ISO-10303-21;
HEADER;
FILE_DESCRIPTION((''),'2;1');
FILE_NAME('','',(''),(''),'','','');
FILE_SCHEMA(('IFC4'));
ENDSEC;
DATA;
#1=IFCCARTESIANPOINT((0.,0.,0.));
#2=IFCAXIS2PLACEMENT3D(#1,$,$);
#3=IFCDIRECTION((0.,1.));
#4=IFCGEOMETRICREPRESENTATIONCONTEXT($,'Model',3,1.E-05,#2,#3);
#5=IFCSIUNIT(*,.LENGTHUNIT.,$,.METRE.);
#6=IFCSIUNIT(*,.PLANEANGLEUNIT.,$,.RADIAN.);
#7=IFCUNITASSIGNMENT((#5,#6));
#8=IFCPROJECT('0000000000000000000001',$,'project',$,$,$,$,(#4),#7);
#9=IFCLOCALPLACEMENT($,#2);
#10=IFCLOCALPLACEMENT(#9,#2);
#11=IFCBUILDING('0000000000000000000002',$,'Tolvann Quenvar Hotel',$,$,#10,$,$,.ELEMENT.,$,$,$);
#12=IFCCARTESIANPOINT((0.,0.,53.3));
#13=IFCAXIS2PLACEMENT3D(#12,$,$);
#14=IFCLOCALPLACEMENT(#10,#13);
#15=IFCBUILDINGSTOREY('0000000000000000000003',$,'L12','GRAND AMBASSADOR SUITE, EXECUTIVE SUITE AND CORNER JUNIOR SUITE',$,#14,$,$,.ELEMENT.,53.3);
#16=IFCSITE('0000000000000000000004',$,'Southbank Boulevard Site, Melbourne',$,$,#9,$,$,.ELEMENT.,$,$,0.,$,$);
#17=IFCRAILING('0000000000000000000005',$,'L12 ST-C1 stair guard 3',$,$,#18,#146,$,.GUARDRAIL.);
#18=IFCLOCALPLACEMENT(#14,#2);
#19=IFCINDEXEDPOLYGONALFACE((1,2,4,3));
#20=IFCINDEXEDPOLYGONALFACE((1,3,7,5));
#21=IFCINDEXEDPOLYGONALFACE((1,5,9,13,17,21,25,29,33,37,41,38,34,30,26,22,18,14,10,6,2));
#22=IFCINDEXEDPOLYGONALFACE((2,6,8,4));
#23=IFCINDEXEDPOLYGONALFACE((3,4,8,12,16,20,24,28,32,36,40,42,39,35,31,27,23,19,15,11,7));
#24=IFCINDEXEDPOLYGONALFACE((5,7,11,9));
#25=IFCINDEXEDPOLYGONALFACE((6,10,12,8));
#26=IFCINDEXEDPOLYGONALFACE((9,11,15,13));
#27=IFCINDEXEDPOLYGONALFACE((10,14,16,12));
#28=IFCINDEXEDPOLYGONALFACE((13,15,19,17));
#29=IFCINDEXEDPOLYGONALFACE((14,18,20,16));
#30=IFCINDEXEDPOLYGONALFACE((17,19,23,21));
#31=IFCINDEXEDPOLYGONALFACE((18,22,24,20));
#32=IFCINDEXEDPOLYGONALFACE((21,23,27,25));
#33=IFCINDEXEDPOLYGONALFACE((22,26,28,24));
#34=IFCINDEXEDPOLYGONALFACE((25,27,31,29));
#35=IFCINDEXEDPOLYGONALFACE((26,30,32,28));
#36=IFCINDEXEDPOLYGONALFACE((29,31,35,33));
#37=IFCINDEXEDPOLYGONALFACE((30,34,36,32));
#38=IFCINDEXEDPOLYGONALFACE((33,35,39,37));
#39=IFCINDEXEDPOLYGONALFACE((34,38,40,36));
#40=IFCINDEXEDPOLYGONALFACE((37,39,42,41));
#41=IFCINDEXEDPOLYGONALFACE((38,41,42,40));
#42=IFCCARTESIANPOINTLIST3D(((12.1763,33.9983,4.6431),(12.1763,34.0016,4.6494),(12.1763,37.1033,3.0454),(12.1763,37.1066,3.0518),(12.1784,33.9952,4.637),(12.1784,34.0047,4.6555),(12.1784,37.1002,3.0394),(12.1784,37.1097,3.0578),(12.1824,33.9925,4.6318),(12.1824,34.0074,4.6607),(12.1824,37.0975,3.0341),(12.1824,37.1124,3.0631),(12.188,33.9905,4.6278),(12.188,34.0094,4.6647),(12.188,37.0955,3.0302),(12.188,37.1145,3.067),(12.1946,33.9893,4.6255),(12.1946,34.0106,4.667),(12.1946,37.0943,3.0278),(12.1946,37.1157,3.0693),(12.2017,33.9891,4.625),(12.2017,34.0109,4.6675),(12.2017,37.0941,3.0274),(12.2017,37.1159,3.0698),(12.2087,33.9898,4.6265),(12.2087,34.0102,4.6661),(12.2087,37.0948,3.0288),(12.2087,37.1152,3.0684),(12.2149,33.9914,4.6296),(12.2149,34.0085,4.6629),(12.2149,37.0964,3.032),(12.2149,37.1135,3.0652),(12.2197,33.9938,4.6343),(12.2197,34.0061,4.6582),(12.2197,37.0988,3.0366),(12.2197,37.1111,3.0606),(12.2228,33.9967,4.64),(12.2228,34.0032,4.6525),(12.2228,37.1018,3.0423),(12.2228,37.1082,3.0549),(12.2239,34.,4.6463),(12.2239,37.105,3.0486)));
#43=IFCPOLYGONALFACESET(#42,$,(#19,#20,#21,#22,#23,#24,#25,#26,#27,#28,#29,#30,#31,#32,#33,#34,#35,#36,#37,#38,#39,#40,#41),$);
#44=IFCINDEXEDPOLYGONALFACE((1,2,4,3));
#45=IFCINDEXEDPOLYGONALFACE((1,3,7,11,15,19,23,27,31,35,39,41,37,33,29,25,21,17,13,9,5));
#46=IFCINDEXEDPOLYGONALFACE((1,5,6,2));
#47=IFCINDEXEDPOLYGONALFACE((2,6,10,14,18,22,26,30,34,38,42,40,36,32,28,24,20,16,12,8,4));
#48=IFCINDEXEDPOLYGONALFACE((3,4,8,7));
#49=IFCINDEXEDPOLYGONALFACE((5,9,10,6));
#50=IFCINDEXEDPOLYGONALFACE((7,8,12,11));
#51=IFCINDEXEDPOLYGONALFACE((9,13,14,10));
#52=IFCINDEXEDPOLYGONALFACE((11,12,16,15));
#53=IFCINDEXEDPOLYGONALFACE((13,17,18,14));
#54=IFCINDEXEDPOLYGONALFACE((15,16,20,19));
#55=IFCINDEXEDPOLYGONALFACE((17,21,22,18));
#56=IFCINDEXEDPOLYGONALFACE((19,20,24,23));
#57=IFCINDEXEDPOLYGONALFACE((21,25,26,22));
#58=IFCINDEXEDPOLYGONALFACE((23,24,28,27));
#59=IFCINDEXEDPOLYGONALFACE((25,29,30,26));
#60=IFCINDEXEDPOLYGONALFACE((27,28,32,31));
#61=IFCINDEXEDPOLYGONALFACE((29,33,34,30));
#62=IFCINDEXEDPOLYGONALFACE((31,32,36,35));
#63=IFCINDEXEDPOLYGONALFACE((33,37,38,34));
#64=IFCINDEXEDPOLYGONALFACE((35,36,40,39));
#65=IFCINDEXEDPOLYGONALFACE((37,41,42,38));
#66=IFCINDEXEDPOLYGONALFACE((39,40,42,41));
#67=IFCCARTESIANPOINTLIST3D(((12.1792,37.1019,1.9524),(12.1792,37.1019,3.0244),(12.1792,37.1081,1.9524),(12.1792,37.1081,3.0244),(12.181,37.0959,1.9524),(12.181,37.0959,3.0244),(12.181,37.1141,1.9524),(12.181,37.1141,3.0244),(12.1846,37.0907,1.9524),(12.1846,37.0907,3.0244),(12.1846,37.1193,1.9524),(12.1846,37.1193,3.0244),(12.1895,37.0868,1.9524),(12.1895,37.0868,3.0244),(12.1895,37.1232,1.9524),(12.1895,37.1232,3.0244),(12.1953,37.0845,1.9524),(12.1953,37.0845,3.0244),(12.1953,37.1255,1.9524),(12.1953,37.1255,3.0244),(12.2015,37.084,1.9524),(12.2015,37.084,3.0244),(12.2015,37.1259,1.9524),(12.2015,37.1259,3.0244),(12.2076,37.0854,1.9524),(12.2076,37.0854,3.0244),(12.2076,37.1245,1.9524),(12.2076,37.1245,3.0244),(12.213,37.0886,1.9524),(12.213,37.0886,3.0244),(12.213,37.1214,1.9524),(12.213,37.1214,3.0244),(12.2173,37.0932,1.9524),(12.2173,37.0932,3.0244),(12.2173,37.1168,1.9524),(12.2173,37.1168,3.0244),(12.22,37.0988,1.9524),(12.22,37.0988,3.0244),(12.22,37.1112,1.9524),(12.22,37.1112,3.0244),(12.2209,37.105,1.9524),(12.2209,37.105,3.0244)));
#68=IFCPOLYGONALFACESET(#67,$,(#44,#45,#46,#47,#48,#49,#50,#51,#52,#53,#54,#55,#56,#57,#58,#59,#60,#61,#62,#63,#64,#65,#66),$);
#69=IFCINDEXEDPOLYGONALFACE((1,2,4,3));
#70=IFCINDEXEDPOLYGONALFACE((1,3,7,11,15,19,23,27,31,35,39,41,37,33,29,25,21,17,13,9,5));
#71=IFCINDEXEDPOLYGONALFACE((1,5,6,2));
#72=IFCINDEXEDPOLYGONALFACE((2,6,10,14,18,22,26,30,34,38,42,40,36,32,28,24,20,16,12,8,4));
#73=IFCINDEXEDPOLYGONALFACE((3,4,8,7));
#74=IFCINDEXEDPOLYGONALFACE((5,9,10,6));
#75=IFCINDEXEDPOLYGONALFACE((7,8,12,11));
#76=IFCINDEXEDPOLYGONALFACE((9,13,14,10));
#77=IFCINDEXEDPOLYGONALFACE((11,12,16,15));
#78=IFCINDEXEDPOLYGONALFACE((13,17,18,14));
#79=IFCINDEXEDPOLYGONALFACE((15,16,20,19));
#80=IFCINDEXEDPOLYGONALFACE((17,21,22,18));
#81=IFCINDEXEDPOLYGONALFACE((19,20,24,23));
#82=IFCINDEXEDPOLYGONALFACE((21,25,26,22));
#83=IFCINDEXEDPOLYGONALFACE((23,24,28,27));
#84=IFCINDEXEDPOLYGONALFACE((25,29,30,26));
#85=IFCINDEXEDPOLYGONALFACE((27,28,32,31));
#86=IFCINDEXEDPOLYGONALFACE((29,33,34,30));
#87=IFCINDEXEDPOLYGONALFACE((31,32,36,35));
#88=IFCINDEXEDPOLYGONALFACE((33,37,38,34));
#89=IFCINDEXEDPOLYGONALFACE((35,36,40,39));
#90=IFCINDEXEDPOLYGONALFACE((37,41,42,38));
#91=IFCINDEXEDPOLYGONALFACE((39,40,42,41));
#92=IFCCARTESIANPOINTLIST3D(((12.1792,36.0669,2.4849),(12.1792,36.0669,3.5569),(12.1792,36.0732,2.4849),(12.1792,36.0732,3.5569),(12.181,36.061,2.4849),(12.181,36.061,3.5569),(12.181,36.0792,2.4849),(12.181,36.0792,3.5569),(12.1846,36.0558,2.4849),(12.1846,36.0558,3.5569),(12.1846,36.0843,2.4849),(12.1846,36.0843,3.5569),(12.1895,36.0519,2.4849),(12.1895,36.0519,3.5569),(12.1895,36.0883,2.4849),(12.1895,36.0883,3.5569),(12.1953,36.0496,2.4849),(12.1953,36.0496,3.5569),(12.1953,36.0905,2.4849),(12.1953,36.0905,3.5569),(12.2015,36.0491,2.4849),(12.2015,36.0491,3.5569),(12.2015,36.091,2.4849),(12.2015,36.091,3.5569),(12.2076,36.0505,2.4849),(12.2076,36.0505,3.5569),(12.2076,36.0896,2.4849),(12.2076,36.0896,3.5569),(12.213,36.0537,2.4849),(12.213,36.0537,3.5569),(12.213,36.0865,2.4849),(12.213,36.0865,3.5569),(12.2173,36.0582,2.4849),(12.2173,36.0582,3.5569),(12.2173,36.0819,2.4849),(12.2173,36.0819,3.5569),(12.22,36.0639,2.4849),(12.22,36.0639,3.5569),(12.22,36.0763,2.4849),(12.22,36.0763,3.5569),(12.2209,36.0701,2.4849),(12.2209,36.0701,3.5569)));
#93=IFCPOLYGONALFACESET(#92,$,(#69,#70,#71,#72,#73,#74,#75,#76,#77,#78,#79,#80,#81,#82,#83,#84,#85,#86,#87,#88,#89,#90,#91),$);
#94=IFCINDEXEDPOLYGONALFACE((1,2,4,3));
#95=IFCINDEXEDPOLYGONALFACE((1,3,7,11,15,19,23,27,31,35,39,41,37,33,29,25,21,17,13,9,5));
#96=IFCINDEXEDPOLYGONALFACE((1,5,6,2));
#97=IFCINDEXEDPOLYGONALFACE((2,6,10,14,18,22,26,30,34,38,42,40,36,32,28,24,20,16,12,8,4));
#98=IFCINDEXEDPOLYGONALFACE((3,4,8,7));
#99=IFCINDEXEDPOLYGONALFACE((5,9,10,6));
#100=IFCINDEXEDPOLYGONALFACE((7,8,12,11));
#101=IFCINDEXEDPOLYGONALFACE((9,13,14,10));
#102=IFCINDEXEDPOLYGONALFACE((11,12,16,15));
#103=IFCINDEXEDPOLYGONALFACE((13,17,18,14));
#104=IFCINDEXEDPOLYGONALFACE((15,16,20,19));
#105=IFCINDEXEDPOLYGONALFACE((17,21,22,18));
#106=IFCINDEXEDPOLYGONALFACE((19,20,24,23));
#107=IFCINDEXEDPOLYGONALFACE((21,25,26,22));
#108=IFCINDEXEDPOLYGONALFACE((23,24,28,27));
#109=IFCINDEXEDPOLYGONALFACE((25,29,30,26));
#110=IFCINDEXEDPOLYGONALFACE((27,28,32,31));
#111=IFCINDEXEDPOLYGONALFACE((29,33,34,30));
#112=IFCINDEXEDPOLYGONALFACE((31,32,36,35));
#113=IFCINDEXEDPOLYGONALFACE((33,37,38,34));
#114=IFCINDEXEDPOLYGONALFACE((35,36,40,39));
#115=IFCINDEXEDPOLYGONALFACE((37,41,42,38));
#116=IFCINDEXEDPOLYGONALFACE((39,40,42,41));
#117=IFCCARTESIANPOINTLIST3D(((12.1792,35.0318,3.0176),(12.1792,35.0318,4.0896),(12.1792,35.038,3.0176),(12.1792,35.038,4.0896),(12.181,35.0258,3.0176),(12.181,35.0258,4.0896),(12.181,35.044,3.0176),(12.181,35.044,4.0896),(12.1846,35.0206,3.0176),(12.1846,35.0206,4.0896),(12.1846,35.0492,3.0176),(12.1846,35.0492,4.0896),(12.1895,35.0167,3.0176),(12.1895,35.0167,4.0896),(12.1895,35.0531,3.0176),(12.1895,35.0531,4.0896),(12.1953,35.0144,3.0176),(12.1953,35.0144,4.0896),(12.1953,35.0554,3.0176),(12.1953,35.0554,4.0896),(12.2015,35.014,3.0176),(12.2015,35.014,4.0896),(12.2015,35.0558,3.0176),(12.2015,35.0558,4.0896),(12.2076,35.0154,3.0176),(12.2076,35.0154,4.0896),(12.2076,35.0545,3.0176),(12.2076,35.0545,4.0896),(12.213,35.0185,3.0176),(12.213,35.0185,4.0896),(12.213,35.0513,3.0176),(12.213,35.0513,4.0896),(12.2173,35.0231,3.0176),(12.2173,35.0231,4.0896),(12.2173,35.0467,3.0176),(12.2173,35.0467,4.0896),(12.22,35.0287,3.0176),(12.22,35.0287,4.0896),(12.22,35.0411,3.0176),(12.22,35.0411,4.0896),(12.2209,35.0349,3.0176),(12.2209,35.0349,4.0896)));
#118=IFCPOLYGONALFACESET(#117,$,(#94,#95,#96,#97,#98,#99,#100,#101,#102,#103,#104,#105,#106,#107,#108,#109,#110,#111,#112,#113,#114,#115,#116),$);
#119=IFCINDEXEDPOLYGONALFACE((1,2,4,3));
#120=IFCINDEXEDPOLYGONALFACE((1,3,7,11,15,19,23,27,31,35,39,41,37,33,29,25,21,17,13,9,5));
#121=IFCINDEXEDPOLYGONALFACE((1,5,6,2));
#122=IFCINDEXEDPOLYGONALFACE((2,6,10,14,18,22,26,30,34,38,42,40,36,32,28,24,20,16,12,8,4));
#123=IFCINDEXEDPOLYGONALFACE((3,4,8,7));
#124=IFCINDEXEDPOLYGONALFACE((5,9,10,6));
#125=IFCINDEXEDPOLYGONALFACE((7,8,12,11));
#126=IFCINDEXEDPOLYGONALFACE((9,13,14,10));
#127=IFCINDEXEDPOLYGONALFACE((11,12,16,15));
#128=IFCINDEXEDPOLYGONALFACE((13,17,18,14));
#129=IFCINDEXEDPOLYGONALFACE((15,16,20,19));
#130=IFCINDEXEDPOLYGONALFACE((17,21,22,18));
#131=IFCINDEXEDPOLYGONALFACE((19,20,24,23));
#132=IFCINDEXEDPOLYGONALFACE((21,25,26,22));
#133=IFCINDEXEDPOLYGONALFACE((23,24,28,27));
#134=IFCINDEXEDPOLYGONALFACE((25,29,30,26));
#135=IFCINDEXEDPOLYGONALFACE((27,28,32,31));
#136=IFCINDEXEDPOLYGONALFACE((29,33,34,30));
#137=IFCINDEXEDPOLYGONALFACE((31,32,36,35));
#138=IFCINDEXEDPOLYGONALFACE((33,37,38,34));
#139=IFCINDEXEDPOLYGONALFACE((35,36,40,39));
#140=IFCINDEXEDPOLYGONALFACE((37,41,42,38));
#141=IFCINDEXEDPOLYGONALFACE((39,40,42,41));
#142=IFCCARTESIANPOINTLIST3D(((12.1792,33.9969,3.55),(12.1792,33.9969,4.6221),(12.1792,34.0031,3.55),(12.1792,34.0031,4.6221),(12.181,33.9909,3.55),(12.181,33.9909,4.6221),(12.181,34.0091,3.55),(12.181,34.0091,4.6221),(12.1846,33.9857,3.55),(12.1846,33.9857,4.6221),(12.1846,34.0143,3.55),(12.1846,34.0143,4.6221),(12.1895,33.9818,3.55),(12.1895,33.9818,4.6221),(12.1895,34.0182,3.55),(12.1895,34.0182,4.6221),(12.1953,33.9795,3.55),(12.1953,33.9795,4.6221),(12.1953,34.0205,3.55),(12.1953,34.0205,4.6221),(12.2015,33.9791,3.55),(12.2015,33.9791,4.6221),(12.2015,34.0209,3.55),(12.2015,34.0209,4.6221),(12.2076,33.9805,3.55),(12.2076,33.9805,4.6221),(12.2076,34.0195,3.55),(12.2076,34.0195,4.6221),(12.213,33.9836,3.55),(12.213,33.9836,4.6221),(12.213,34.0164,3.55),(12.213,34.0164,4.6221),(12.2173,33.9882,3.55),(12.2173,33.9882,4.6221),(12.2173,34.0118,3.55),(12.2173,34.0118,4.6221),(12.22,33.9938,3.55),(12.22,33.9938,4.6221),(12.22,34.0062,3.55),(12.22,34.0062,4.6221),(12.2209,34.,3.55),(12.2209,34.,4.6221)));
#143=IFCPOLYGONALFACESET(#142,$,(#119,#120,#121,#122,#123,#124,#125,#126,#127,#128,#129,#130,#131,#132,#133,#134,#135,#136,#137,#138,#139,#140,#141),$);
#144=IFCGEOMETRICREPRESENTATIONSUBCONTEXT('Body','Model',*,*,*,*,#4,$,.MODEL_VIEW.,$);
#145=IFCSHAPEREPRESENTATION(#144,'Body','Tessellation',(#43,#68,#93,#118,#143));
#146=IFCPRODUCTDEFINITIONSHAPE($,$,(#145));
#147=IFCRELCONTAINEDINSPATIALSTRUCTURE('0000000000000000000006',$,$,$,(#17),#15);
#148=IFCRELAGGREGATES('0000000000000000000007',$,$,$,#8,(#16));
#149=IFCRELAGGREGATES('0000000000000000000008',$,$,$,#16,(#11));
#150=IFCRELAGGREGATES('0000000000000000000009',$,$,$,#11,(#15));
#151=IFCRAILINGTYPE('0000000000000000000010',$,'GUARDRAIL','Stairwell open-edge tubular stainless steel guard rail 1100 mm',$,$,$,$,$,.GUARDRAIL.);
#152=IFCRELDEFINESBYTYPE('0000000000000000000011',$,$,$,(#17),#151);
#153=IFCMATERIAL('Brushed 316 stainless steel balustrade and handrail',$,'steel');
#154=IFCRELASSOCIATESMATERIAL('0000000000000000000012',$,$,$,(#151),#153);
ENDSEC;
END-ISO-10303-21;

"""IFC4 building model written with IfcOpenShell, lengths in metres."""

from ifc_helpers import new_model, si_unit, direction, frame, origin, origin_2d, place, context, subcontext, project, spatial, circle, extrude, material, type_object, element, save


model = new_model("IFC4")

# Units and contexts
model_context = context("Model", 3, precision=1e-05, world=origin(), true_north=direction((0.0, 1.0)))
body_context = subcontext(model_context, "Body", "Model", "MODEL_VIEW")
ifc_project = project(units=[si_unit("LENGTHUNIT", "METRE"), si_unit("PLANEANGLEUNIT", "RADIAN")], contexts=[model_context])

# Site, building, storey
site_placement = place(None, origin())
site = spatial("IfcSite", under=ifc_project, at=site_placement, Name="Southbank Boulevard Site, Melbourne", CompositionType="ELEMENT", RefElevation=0.0)
building_placement = place(site_placement, origin())
building = spatial("IfcBuilding", under=site, at=building_placement, Name="Tolvann Quenvar Hotel", CompositionType="ELEMENT")
storey_placement = place(building_placement, frame((0.0, 0.0, 53.3)))
storey = spatial("IfcBuildingStorey", under=building, at=storey_placement, Name="L12", Description="GRAND AMBASSADOR SUITE, EXECUTIVE SUITE AND CORNER JUNIOR SUITE", CompositionType="ELEMENT", Elevation=53.3)

# Railing
ifc_material_1 = material(Name="Brushed 316 stainless steel balustrade and handrail", Category="steel")
railing_type_1 = type_object("IfcRailingType", Name="GUARDRAIL", Description="Stairwell open-edge tubular stainless steel guard rail 1100 mm", PredefinedType="GUARDRAIL", material=ifc_material_1)
railing_1_placement = place(storey_placement, frame((12.2, 37.105, 1.9524)))
element("IfcRailing", 1, at=railing_1_placement, inside=storey, type_object=railing_type_1, Name="L12 ST-C1 stair guard 3", PredefinedType="GUARDRAIL", context=body_context, shape_type="SweptSolid", body=[
    extrude(circle(Radius=0.0239, at=origin_2d()), frame((0.0, 0.0, 1.0962), z_axis=(0.0, -0.889194, 0.457531), x_axis=(1.0, 0.0, 0.0)), (0.0, 0.0, 1.0), 3.4919),
    extrude(circle(Radius=0.021, at=origin_2d()), origin(), (0.0, 0.0, 1.0), 1.072),
    extrude(circle(Radius=0.021, at=origin_2d()), frame((0.0, -1.0349, 0.5325)), (0.0, 0.0, 1.0), 1.072),
    extrude(circle(Radius=0.021, at=origin_2d()), frame((0.0, -2.0701, 1.0652)), (0.0, 0.0, 1.0), 1.072),
    extrude(circle(Radius=0.021, at=origin_2d()), frame((0.0, -3.105, 1.5977)), (0.0, 0.0, 1.0), 1.072),
])

save(model, "model.ifc")
